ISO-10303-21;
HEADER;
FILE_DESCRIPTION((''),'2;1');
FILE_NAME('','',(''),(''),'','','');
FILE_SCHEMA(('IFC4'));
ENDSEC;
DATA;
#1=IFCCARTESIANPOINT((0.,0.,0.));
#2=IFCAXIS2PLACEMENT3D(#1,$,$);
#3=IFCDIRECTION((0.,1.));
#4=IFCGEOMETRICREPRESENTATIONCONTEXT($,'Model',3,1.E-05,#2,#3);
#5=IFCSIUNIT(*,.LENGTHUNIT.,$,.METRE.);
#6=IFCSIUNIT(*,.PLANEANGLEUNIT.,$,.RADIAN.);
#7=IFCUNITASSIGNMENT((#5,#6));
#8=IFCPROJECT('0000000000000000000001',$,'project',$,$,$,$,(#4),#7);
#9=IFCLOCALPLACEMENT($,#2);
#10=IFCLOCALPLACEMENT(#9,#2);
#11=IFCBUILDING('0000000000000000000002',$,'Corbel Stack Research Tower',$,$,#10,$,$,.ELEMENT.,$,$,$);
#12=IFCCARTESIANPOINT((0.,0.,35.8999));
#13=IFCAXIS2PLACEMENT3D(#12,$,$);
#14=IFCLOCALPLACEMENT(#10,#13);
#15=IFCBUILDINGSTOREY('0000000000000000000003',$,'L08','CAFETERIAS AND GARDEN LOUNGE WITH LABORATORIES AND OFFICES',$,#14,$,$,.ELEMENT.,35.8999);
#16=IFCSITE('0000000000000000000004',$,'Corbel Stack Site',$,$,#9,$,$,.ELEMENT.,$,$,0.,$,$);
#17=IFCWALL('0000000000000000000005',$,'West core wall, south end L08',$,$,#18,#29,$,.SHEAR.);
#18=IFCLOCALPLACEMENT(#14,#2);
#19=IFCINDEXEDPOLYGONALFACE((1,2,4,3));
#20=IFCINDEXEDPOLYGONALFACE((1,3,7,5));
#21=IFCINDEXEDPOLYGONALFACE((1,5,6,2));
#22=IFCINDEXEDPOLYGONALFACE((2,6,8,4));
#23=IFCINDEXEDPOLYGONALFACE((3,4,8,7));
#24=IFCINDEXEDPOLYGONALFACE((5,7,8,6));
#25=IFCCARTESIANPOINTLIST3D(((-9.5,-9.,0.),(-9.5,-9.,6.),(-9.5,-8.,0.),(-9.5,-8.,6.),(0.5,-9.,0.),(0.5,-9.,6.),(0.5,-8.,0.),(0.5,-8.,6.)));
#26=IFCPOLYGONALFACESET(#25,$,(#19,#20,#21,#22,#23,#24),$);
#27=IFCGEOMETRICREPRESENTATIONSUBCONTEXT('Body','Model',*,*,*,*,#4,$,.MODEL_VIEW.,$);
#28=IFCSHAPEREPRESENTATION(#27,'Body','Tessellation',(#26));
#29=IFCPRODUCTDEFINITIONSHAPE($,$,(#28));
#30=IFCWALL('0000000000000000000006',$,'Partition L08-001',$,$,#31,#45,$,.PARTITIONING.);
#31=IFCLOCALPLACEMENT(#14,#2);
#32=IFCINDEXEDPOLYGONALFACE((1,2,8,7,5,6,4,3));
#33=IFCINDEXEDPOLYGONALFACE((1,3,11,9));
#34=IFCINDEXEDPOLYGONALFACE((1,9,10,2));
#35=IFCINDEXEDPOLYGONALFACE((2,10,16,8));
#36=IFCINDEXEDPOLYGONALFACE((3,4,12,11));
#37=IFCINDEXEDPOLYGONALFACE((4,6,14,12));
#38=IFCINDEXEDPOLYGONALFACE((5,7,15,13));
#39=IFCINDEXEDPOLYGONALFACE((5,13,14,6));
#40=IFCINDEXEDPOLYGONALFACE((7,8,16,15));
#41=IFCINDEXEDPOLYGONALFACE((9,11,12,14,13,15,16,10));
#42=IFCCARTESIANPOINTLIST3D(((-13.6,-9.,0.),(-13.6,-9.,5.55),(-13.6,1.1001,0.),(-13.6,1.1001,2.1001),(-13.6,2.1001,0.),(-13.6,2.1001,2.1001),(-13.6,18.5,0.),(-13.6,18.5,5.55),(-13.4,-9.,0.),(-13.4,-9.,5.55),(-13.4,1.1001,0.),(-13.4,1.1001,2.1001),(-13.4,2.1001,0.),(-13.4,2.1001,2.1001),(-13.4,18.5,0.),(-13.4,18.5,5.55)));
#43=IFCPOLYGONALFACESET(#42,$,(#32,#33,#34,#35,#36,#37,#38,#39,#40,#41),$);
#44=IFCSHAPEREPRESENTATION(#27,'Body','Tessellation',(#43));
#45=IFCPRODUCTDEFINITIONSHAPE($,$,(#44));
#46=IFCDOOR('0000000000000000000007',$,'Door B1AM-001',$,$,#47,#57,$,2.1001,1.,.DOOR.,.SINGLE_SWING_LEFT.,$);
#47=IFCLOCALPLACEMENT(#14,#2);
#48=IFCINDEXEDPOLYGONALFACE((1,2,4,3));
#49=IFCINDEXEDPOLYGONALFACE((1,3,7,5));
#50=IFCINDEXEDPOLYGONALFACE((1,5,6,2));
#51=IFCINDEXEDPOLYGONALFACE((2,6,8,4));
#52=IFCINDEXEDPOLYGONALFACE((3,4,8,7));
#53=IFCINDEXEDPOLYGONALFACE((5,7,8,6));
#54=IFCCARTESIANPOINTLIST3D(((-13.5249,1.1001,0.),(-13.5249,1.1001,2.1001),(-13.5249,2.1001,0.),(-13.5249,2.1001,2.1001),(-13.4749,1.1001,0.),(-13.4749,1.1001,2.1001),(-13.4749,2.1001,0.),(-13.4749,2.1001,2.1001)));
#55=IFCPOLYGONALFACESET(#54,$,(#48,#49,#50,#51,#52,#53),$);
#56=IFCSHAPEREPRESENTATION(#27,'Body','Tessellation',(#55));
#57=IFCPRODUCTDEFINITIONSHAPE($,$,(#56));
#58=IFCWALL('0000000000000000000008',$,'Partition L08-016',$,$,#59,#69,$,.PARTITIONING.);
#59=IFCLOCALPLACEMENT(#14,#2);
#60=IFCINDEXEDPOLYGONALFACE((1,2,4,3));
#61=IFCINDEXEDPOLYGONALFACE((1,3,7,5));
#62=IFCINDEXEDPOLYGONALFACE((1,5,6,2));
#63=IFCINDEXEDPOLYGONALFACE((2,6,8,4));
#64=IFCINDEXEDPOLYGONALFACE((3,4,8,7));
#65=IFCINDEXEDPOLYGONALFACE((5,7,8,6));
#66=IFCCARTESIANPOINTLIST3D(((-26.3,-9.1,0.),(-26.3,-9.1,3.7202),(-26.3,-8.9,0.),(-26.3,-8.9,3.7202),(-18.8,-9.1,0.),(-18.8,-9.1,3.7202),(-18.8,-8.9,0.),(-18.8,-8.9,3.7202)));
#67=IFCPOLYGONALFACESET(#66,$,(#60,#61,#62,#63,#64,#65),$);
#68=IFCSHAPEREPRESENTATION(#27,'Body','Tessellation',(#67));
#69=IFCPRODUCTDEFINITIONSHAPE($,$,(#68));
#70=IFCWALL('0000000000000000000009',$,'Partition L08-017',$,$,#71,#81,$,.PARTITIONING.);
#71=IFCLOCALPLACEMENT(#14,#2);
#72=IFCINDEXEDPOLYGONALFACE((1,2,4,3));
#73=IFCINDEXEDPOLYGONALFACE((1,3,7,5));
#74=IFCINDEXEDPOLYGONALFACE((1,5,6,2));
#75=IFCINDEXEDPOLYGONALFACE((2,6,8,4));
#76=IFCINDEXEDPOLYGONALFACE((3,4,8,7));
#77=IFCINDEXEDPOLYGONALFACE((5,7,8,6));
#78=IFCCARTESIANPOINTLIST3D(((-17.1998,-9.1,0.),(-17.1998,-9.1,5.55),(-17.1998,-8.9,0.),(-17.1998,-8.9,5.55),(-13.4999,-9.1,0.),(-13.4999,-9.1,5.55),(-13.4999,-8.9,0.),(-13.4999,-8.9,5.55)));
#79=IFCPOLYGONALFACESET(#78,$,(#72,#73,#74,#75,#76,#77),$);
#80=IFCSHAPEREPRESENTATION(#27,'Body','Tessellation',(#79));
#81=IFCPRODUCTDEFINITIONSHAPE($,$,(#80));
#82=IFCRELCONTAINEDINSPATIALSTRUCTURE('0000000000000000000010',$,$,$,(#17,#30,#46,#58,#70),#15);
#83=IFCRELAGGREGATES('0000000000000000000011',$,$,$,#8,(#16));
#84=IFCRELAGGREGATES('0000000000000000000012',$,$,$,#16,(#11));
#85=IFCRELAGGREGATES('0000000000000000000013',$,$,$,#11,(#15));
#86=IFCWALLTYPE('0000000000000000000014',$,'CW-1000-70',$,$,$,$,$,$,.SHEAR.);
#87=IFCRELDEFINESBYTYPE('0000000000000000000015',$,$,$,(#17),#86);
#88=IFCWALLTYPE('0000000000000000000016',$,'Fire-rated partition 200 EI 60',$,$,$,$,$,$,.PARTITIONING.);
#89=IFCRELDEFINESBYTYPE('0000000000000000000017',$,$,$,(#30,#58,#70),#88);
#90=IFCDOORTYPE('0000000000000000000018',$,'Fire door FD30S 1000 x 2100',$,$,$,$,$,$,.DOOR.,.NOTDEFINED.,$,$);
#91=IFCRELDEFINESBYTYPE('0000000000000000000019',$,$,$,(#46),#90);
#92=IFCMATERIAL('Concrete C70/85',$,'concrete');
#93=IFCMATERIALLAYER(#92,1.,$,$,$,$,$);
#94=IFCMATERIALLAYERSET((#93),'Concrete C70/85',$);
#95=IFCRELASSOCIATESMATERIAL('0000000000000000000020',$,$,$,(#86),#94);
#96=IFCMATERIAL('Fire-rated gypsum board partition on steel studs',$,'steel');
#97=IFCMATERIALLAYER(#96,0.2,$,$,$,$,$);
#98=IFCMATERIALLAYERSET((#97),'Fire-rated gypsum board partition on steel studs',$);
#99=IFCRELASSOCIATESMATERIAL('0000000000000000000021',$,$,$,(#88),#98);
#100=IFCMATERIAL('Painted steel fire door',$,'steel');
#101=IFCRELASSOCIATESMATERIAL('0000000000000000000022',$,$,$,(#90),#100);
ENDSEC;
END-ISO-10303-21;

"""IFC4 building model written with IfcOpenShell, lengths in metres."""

from ifc_helpers import new_model, si_unit, direction, frame, frame_2d, origin, place, context, subcontext, project, spatial, rectangle, extrude, material, layer, layer_set, type_object, element, fill, save


model = new_model("IFC4")

# Units and contexts
model_context = context("Model", 3, precision=1e-05, world=origin(), true_north=direction((0.0, 1.0)))
body_context = subcontext(model_context, "Body", "Model", "MODEL_VIEW")
ifc_project = project(units=[si_unit("LENGTHUNIT", "METRE"), si_unit("PLANEANGLEUNIT", "RADIAN")], contexts=[model_context])

# Site, building, storey
site_placement = place(None, origin())
site = spatial("IfcSite", under=ifc_project, at=site_placement, Name="Corbel Stack Site", CompositionType="ELEMENT", RefElevation=0.0)
building_placement = place(site_placement, origin())
building = spatial("IfcBuilding", under=site, at=building_placement, Name="Corbel Stack Research Tower", CompositionType="ELEMENT")
storey_placement = place(building_placement, frame((0.0, 0.0, 35.8999)))
storey = spatial("IfcBuildingStorey", under=building, at=storey_placement, Name="L08", Description="CAFETERIAS AND GARDEN LOUNGE WITH LABORATORIES AND OFFICES", CompositionType="ELEMENT", Elevation=35.8999)

# Shared definitions
ifc_material_1 = material(Name="Concrete C70/85", Category="concrete")
ifc_layer_1 = layer(ifc_material_1, 1.0)
ifc_layer_set_1 = layer_set([ifc_layer_1], Name="Concrete C70/85")
wall_type_1 = type_object("IfcWallType", Name="CW-1000-70", PredefinedType="SHEAR", material=ifc_layer_set_1)

# Wall
wall_1_placement = place(storey_placement, frame((-9.5, -8.5, 0.0), z_axis=(0.0, 0.0, 1.0), x_axis=(1.0, 0.0, 0.0)))
element("IfcWall", 1, at=wall_1_placement, inside=storey, type_object=wall_type_1, Name="West core wall, south end L08", PredefinedType="SHEAR", context=body_context, shape_type="SweptSolid", body=[
    extrude(rectangle(XDim=10.0, YDim=1.0, at=frame_2d((5.0, 0.0))), origin(), (0.0, 0.0, 1.0), 6.0),
])

# Wall, opening, door
ifc_material_2 = material(Name="Fire-rated gypsum board partition on steel studs", Category="steel")
ifc_layer_2 = layer(ifc_material_2, 0.2)
ifc_layer_set_2 = layer_set([ifc_layer_2], Name="Fire-rated gypsum board partition on steel studs")
wall_type_2 = type_object("IfcWallType", Name="Fire-rated partition 200 EI 60", PredefinedType="PARTITIONING", material=ifc_layer_set_2)
wall_2_placement = place(storey_placement, frame((-13.5, -9.0, 0.0), z_axis=(0.0, 0.0, 1.0), x_axis=(0.0, 1.0, 0.0)))
wall_2 = element("IfcWall", 2, at=wall_2_placement, inside=storey, type_object=wall_type_2, Name="Partition L08-001", PredefinedType="PARTITIONING", context=body_context, shape_type="SweptSolid", body=[
    extrude(rectangle(XDim=27.5, YDim=0.2, at=frame_2d((13.75, 0.0))), origin(), (0.0, 0.0, 1.0), 5.55),
])
opening_1_placement = place(wall_2_placement, frame((10.1001, 0.0, 0.0)))
opening_1 = element("IfcOpeningElement", 3, at=opening_1_placement, cuts=wall_2, PredefinedType="OPENING", context=body_context, shape_type="SweptSolid", body=[
    extrude(rectangle(XDim=1.0, YDim=2.1001, at=frame_2d((0.5, 1.05))), frame((0.0, 0.1099, 0.0), z_axis=(0.0, -1.0, 0.0), x_axis=(1.0, 0.0, 0.0)), (0.0, 0.0, 1.0), 0.22),
])
ifc_material_3 = material(Name="Painted steel fire door", Category="steel")
door_type_1 = type_object("IfcDoorType", Name="Fire door FD30S 1000 x 2100", OperationType="NOTDEFINED", PredefinedType="DOOR", material=ifc_material_3)
door_1_placement = place(opening_1_placement, origin())
door_1 = element("IfcDoor", 4, at=door_1_placement, inside=storey, type_object=door_type_1, Name="Door B1AM-001", OperationType="SINGLE_SWING_LEFT", OverallHeight=2.1001, OverallWidth=1.0, PredefinedType="DOOR", context=body_context, shape_type="SweptSolid", body=[
    extrude(rectangle(XDim=1.0, YDim=2.1001, at=frame_2d((0.5, 1.05))), frame((0.0, 0.0249, 0.0), z_axis=(0.0, -1.0, 0.0), x_axis=(1.0, 0.0, 0.0)), (0.0, 0.0, 1.0), 0.05),
])
fill(opening_1, door_1)

# Walls
wall_3_placement = place(storey_placement, frame((-26.3, -9.0, 0.0), z_axis=(0.0, 0.0, 1.0), x_axis=(1.0, 0.0, 0.0)))
element("IfcWall", 5, at=wall_3_placement, inside=storey, type_object=wall_type_2, Name="Partition L08-016", PredefinedType="PARTITIONING", context=body_context, shape_type="SweptSolid", body=[
    extrude(rectangle(XDim=7.5, YDim=0.2, at=frame_2d((3.75, 0.0))), origin(), (0.0, 0.0, 1.0), 3.7202),
])
wall_4_placement = place(storey_placement, frame((-17.2, -9.0, 0.0), z_axis=(0.0, 0.0, 1.0), x_axis=(1.0, 0.0, 0.0)))
element("IfcWall", 6, at=wall_4_placement, inside=storey, type_object=wall_type_2, Name="Partition L08-017", PredefinedType="PARTITIONING", context=body_context, shape_type="SweptSolid", body=[
    extrude(rectangle(XDim=3.7, YDim=0.2, at=frame_2d((1.8501, 0.0))), origin(), (0.0, 0.0, 1.0), 5.55),
])

save(model, "model.ifc")
